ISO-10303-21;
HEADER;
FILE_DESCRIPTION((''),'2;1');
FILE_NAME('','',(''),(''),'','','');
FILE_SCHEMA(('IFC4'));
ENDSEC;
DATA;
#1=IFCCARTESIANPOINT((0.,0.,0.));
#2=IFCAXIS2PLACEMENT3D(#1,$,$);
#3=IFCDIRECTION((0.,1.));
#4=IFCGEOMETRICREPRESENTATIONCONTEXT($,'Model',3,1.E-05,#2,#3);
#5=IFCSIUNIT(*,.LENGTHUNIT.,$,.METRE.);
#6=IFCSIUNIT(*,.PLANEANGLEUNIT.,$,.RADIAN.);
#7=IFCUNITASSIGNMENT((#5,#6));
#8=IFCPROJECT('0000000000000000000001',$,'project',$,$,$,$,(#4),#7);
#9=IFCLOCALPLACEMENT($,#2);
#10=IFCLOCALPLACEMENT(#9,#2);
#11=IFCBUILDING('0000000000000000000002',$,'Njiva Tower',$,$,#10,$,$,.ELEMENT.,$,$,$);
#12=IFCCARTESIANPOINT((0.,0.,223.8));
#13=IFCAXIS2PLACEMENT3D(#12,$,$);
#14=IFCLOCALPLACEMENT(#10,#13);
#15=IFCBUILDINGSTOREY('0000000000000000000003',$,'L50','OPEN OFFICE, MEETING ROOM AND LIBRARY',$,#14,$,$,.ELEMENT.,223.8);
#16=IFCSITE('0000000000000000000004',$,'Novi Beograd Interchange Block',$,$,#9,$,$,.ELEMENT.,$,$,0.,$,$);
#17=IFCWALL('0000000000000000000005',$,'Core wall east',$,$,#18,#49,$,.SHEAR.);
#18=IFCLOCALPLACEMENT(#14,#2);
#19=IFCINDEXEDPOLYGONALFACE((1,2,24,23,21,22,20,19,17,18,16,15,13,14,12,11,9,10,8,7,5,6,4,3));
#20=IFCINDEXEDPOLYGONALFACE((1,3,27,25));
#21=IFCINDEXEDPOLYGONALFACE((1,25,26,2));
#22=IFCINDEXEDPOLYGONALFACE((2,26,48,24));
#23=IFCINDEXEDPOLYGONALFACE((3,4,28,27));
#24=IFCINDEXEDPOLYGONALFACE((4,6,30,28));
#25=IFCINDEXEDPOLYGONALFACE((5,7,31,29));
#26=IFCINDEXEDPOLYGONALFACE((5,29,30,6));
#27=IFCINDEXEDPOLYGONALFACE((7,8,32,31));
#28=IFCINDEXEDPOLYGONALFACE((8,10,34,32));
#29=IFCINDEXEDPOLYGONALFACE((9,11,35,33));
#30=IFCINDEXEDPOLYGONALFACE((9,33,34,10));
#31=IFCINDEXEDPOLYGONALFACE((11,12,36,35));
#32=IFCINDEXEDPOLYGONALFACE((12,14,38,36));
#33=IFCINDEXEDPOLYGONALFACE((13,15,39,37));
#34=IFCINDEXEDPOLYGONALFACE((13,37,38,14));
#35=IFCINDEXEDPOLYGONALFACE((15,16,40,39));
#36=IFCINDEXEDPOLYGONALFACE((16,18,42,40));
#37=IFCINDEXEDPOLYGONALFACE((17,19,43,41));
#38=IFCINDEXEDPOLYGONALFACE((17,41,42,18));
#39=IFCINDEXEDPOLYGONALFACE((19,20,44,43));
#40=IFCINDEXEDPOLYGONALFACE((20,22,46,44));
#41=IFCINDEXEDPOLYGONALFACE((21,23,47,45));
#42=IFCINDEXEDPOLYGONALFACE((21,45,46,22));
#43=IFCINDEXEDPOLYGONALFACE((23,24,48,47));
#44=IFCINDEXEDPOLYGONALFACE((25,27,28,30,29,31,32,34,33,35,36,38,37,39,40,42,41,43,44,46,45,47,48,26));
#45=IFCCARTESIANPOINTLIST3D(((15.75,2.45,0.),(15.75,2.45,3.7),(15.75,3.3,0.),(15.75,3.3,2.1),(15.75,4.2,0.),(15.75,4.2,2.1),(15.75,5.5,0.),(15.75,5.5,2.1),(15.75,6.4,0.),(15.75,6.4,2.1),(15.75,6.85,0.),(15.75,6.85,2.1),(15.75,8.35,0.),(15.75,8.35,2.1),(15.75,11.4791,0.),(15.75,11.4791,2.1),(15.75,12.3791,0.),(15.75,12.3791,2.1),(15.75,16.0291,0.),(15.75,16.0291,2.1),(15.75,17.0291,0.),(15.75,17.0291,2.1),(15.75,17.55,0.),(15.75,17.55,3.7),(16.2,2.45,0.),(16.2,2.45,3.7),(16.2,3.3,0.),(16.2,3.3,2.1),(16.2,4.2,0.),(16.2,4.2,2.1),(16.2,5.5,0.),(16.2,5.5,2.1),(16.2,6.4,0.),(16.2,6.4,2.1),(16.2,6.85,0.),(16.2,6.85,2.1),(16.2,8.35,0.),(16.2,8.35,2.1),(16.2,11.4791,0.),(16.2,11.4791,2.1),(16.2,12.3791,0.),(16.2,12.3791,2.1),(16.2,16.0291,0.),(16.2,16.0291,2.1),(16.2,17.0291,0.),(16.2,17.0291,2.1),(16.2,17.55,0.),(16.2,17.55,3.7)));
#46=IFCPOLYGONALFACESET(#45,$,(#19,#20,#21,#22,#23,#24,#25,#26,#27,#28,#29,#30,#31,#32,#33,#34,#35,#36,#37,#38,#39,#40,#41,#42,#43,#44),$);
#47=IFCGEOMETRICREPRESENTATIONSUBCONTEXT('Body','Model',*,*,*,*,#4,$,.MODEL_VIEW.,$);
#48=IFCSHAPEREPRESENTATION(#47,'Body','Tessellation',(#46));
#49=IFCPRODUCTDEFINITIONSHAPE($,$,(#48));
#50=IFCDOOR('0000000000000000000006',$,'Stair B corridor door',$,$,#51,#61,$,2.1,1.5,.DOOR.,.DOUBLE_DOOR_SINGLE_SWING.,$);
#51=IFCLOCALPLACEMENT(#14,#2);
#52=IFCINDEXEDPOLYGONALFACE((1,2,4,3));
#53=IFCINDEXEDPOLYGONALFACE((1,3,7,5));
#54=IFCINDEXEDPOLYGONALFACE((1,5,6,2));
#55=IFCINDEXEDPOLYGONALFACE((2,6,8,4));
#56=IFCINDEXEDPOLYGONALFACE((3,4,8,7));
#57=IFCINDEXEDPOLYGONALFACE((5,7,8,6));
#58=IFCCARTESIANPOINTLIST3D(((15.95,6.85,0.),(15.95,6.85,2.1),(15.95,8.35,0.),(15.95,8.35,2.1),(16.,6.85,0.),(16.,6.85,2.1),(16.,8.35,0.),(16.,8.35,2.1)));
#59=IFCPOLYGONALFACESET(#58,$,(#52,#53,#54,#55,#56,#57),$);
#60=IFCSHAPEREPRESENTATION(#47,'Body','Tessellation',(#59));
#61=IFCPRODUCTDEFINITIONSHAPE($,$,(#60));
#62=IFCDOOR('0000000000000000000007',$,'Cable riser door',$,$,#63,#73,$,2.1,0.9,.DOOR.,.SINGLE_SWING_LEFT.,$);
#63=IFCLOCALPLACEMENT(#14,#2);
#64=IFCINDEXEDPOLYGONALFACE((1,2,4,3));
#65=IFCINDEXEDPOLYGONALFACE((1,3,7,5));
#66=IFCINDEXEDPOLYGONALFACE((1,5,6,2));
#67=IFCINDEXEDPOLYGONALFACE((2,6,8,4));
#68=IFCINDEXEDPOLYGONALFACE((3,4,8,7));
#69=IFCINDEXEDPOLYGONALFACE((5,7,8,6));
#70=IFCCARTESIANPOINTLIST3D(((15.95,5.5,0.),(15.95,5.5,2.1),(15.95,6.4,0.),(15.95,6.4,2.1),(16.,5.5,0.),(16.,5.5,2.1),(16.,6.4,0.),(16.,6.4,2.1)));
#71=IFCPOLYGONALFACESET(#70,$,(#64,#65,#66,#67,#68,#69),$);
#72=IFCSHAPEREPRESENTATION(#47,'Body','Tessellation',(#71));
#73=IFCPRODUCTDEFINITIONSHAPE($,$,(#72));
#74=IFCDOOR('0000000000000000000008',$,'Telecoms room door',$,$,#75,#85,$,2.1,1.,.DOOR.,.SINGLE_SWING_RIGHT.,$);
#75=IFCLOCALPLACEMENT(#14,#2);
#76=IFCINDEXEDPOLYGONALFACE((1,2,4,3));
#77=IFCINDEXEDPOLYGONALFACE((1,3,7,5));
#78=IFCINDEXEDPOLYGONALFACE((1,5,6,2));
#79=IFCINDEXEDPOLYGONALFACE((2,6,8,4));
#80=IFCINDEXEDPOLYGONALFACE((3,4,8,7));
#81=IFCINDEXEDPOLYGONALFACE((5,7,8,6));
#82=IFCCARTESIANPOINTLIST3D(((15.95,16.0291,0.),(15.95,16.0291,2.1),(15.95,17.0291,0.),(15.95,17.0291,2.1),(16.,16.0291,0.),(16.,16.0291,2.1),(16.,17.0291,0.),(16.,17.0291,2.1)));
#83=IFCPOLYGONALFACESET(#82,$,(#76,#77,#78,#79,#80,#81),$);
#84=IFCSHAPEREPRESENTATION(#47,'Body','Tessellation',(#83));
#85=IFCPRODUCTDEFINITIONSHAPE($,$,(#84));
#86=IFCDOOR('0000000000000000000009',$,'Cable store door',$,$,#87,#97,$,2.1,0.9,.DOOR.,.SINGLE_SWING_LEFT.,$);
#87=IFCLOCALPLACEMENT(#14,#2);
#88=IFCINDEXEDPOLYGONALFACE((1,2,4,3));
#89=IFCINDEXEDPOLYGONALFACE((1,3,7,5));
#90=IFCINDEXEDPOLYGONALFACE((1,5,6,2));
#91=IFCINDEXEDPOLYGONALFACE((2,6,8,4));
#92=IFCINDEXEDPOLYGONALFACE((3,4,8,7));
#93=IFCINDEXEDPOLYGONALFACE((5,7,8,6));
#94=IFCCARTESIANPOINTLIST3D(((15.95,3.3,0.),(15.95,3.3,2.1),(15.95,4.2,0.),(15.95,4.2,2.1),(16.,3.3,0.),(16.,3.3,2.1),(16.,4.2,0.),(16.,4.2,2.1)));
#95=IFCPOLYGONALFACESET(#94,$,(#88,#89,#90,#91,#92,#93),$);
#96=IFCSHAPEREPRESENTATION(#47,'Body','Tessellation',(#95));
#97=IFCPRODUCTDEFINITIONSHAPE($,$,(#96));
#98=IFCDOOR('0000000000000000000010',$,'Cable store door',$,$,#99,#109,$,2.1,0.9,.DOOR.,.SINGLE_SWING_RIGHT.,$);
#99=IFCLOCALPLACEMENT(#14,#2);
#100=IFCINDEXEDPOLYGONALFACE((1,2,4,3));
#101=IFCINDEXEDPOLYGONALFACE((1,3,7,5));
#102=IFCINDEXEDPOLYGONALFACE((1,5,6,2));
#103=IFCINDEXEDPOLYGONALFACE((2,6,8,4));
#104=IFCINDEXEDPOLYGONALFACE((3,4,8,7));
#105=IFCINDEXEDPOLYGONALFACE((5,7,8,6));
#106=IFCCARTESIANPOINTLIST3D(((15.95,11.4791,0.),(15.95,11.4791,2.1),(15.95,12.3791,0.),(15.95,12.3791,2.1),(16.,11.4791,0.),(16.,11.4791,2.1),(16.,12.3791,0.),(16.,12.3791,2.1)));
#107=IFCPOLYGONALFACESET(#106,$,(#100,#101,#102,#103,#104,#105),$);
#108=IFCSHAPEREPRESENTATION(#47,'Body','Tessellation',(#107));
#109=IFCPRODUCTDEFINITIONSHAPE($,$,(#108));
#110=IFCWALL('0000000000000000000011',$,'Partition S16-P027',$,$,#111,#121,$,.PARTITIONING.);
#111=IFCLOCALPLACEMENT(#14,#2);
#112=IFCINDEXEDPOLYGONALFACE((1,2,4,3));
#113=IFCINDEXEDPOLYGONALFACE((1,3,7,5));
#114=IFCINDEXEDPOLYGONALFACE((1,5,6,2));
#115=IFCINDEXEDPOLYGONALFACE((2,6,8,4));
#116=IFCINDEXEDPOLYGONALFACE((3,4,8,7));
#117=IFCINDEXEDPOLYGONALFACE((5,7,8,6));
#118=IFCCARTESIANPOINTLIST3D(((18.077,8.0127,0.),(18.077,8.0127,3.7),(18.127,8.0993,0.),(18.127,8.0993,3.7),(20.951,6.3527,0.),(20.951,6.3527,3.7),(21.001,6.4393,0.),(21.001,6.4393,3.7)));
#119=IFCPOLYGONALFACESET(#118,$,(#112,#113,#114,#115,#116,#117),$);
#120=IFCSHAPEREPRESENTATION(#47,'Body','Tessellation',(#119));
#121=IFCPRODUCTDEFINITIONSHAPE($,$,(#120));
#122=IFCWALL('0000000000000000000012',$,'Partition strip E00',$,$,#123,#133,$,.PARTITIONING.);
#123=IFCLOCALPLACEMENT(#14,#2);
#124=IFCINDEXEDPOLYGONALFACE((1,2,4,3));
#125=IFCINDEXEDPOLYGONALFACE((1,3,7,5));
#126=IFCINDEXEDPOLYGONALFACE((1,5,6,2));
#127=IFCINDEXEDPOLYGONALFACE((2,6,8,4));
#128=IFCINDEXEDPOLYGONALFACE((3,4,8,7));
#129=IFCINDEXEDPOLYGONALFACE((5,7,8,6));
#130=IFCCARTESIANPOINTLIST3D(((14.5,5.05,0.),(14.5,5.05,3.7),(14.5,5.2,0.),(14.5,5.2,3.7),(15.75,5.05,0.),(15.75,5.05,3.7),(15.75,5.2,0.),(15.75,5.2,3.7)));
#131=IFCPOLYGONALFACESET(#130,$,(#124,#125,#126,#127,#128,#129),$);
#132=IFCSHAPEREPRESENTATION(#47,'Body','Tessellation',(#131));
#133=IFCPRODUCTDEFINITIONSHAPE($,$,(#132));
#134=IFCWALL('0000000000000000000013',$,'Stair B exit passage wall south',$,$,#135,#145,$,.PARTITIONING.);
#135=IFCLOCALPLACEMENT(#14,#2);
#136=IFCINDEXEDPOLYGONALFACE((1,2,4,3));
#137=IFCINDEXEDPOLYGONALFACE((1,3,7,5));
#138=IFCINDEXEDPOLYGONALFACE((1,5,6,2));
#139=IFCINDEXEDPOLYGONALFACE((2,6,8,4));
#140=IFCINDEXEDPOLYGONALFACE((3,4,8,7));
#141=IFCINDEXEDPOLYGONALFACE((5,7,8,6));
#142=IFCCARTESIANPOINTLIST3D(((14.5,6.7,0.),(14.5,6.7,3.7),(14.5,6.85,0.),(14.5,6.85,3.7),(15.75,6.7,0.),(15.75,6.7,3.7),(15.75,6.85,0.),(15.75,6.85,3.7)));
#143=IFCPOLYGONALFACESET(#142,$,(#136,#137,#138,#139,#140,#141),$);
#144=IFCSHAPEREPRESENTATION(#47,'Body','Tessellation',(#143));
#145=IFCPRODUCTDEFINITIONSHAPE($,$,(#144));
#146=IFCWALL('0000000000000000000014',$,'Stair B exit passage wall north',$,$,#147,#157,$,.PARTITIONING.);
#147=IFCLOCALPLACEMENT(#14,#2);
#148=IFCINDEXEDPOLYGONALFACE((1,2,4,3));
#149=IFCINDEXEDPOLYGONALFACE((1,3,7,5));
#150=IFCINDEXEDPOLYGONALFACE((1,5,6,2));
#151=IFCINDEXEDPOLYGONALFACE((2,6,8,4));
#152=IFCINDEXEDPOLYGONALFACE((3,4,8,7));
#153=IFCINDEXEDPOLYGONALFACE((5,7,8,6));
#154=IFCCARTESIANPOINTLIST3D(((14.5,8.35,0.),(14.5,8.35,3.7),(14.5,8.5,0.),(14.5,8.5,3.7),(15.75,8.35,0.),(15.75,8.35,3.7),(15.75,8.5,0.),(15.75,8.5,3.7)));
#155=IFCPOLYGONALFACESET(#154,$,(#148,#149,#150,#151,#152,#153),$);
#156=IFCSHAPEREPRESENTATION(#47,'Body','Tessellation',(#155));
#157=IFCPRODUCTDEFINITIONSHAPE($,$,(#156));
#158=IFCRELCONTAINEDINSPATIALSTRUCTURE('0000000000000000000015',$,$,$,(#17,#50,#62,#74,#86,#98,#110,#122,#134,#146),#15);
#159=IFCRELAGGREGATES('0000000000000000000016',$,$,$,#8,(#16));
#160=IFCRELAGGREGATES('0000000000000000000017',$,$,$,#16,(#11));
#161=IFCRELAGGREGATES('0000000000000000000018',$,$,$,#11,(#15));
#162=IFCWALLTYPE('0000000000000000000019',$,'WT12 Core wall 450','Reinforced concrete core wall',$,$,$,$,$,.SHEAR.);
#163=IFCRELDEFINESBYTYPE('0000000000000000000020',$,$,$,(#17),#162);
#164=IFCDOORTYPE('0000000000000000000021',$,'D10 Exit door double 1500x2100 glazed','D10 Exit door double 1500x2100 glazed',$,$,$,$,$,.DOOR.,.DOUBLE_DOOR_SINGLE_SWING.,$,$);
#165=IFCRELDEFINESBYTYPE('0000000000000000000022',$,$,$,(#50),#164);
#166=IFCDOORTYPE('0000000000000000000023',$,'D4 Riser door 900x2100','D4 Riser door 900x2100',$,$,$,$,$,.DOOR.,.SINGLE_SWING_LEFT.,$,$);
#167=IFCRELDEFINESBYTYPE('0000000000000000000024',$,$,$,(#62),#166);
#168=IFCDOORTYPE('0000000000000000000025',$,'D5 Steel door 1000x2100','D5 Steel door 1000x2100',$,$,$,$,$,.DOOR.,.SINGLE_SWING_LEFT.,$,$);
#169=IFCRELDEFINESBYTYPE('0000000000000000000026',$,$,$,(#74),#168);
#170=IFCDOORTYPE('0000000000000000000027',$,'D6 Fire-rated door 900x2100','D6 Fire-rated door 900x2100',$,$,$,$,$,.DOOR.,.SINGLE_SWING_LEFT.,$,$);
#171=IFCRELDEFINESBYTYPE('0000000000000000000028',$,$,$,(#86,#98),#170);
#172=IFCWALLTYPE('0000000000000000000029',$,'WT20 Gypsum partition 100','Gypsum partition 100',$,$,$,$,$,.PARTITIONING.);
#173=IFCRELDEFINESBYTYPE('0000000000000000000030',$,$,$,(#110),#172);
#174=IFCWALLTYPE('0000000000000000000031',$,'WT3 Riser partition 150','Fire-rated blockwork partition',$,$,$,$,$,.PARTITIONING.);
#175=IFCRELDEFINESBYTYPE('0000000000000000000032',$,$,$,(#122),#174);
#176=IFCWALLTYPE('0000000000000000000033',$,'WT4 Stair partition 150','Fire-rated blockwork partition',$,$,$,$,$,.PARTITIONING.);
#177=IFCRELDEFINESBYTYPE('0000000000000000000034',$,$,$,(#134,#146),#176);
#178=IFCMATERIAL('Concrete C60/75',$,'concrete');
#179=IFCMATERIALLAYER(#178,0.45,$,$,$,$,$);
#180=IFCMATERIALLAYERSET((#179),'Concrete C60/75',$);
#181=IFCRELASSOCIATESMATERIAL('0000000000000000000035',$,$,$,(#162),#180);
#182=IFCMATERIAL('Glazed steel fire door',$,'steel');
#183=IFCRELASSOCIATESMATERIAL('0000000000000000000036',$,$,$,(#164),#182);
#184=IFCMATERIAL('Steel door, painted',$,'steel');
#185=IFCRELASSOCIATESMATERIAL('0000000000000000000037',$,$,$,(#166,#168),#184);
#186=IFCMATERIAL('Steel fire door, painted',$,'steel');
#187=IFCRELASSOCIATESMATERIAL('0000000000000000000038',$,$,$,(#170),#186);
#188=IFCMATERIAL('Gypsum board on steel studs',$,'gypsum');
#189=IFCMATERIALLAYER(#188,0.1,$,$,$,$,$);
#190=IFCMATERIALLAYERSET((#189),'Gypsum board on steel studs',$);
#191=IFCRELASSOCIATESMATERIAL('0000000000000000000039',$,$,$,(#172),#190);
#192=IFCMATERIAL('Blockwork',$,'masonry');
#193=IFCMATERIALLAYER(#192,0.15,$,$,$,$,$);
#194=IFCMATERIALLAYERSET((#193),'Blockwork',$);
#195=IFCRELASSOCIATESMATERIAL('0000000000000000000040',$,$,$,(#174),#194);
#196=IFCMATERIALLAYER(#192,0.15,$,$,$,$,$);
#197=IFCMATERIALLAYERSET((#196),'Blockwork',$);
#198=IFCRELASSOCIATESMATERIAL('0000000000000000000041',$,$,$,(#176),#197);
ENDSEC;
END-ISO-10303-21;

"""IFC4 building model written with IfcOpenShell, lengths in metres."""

from ifc_helpers import new_model, si_unit, direction, frame, frame_2d, origin, place, context, subcontext, project, spatial, rectangle, extrude, material, layer, layer_set, type_object, element, fill, save


model = new_model("IFC4")

# Units and contexts
model_context = context("Model", 3, precision=1e-05, world=origin(), true_north=direction((0.0, 1.0)))
body_context = subcontext(model_context, "Body", "Model", "MODEL_VIEW")
ifc_project = project(units=[si_unit("LENGTHUNIT", "METRE"), si_unit("PLANEANGLEUNIT", "RADIAN")], contexts=[model_context])

# Site, building, storey
site_placement = place(None, origin())
site = spatial("IfcSite", under=ifc_project, at=site_placement, Name="Novi Beograd Interchange Block", CompositionType="ELEMENT", RefElevation=0.0)
building_placement = place(site_placement, origin())
building = spatial("IfcBuilding", under=site, at=building_placement, Name="Njiva Tower", CompositionType="ELEMENT")
storey_placement = place(building_placement, frame((0.0, 0.0, 223.8)))
storey = spatial("IfcBuildingStorey", under=building, at=storey_placement, Name="L50", Description="OPEN OFFICE, MEETING ROOM AND LIBRARY", CompositionType="ELEMENT", Elevation=223.8)

# Wall, openings, doors
ifc_material_1 = material(Name="Concrete C60/75", Category="concrete")
ifc_layer_1 = layer(ifc_material_1, 0.45)
ifc_layer_set_1 = layer_set([ifc_layer_1], Name="Concrete C60/75")
wall_type_1 = type_object("IfcWallType", Name="WT12 Core wall 450", Description="Reinforced concrete core wall", PredefinedType="SHEAR", material=ifc_layer_set_1)
wall_1_placement = place(storey_placement, frame((15.975, 2.45, 0.0), z_axis=(0.0, 0.0, 1.0), x_axis=(0.0, 1.0, 0.0)))
wall_1 = element("IfcWall", 1, at=wall_1_placement, inside=storey, type_object=wall_type_1, Name="Core wall east", PredefinedType="SHEAR", context=body_context, shape_type="SweptSolid", body=[
    extrude(rectangle(XDim=15.1, YDim=0.45, at=frame_2d((7.55, 0.0))), origin(), (0.0, 0.0, 1.0), 3.7),
])
opening_1_placement = place(wall_1_placement, frame((4.4, 0.0, 0.0)))
opening_1 = element("IfcOpeningElement", 2, at=opening_1_placement, cuts=wall_1, PredefinedType="OPENING", context=body_context, shape_type="SweptSolid", body=[
    extrude(rectangle(XDim=1.5, YDim=2.1, at=frame_2d((0.75, 1.05))), frame((0.0, 0.235, 0.0), z_axis=(0.0, -1.0, 0.0), x_axis=(1.0, 0.0, 0.0)), (0.0, 0.0, 1.0), 0.47),
])
opening_2_placement = place(wall_1_placement, frame((0.85, 0.0, 0.0)))
opening_2 = element("IfcOpeningElement", 3, at=opening_2_placement, cuts=wall_1, PredefinedType="OPENING", context=body_context, shape_type="SweptSolid", body=[
    extrude(rectangle(XDim=0.9, YDim=2.1, at=frame_2d((0.45, 1.05))), frame((0.0, 0.235, 0.0), z_axis=(0.0, -1.0, 0.0), x_axis=(1.0, 0.0, 0.0)), (0.0, 0.0, 1.0), 0.47),
])
opening_3_placement = place(wall_1_placement, frame((3.05, 0.0, 0.0)))
opening_3 = element("IfcOpeningElement", 4, at=opening_3_placement, cuts=wall_1, PredefinedType="OPENING", context=body_context, shape_type="SweptSolid", body=[
    extrude(rectangle(XDim=0.9, YDim=2.1, at=frame_2d((0.45, 1.05))), frame((0.0, 0.235, 0.0), z_axis=(0.0, -1.0, 0.0), x_axis=(1.0, 0.0, 0.0)), (0.0, 0.0, 1.0), 0.47),
])
opening_4_placement = place(wall_1_placement, frame((9.0291, 0.0, 0.0)))
opening_4 = element("IfcOpeningElement", 5, at=opening_4_placement, cuts=wall_1, PredefinedType="OPENING", context=body_context, shape_type="SweptSolid", body=[
    extrude(rectangle(XDim=0.9, YDim=2.1, at=frame_2d((0.45, 1.05))), frame((0.0, 0.235, 0.0), z_axis=(0.0, -1.0, 0.0), x_axis=(1.0, 0.0, 0.0)), (0.0, 0.0, 1.0), 0.47),
])
opening_5_placement = place(wall_1_placement, frame((13.5791, 0.0, 0.0)))
opening_5 = element("IfcOpeningElement", 6, at=opening_5_placement, cuts=wall_1, PredefinedType="OPENING", context=body_context, shape_type="SweptSolid", body=[
    extrude(rectangle(XDim=1.0, YDim=2.1, at=frame_2d((0.5, 1.05))), frame((0.0, 0.235, 0.0), z_axis=(0.0, -1.0, 0.0), x_axis=(1.0, 0.0, 0.0)), (0.0, 0.0, 1.0), 0.47),
])
ifc_material_2 = material(Name="Glazed steel fire door", Category="steel")
door_type_1 = type_object("IfcDoorType", Name="D10 Exit door double 1500x2100 glazed", Description="D10 Exit door double 1500x2100 glazed", OperationType="DOUBLE_DOOR_SINGLE_SWING", PredefinedType="DOOR", material=ifc_material_2)
door_1_placement = place(opening_1_placement, origin())
door_1 = element("IfcDoor", 7, at=door_1_placement, inside=storey, type_object=door_type_1, Name="Stair B corridor door", OperationType="DOUBLE_DOOR_SINGLE_SWING", OverallHeight=2.1, OverallWidth=1.5, PredefinedType="DOOR", context=body_context, shape_type="SweptSolid", body=[
    extrude(rectangle(XDim=1.5, YDim=2.1, at=frame_2d((0.75, 1.05))), frame((0.0, 0.025, 0.0), z_axis=(0.0, -1.0, 0.0), x_axis=(1.0, 0.0, 0.0)), (0.0, 0.0, 1.0), 0.05),
])
fill(opening_1, door_1)
ifc_material_3 = material(Name="Steel door, painted", Category="steel")
door_type_2 = type_object("IfcDoorType", Name="D4 Riser door 900x2100", Description="D4 Riser door 900x2100", OperationType="SINGLE_SWING_LEFT", PredefinedType="DOOR", material=ifc_material_3)
door_2_placement = place(opening_3_placement, origin())
door_2 = element("IfcDoor", 8, at=door_2_placement, inside=storey, type_object=door_type_2, Name="Cable riser door", OperationType="SINGLE_SWING_LEFT", OverallHeight=2.1, OverallWidth=0.9, PredefinedType="DOOR", context=body_context, shape_type="SweptSolid", body=[
    extrude(rectangle(XDim=0.9, YDim=2.1, at=frame_2d((0.45, 1.05))), frame((0.0, 0.025, 0.0), z_axis=(0.0, -1.0, 0.0), x_axis=(1.0, 0.0, 0.0)), (0.0, 0.0, 1.0), 0.05),
])
fill(opening_3, door_2)
door_type_3 = type_object("IfcDoorType", Name="D5 Steel door 1000x2100", Description="D5 Steel door 1000x2100", OperationType="SINGLE_SWING_LEFT", PredefinedType="DOOR", material=ifc_material_3)
door_3_placement = place(opening_5_placement, origin())
door_3 = element("IfcDoor", 9, at=door_3_placement, inside=storey, type_object=door_type_3, Name="Telecoms room door", OperationType="SINGLE_SWING_RIGHT", OverallHeight=2.1, OverallWidth=1.0, PredefinedType="DOOR", context=body_context, shape_type="SweptSolid", body=[
    extrude(rectangle(XDim=1.0, YDim=2.1, at=frame_2d((0.5, 1.05))), frame((0.0, 0.025, 0.0), z_axis=(0.0, -1.0, 0.0), x_axis=(1.0, 0.0, 0.0)), (0.0, 0.0, 1.0), 0.05),
])
fill(opening_5, door_3)
ifc_material_4 = material(Name="Steel fire door, painted", Category="steel")
door_type_4 = type_object("IfcDoorType", Name="D6 Fire-rated door 900x2100", Description="D6 Fire-rated door 900x2100", OperationType="SINGLE_SWING_LEFT", PredefinedType="DOOR", material=ifc_material_4)
door_4_placement = place(opening_2_placement, origin())
door_4 = element("IfcDoor", 10, at=door_4_placement, inside=storey, type_object=door_type_4, Name="Cable store door", OperationType="SINGLE_SWING_LEFT", OverallHeight=2.1, OverallWidth=0.9, PredefinedType="DOOR", context=body_context, shape_type="SweptSolid", body=[
    extrude(rectangle(XDim=0.9, YDim=2.1, at=frame_2d((0.45, 1.05))), frame((0.0, 0.025, 0.0), z_axis=(0.0, -1.0, 0.0), x_axis=(1.0, 0.0, 0.0)), (0.0, 0.0, 1.0), 0.05),
])
fill(opening_2, door_4)
door_5_placement = place(opening_4_placement, origin())
door_5 = element("IfcDoor", 11, at=door_5_placement, inside=storey, type_object=door_type_4, Name="Cable store door", OperationType="SINGLE_SWING_RIGHT", OverallHeight=2.1, OverallWidth=0.9, PredefinedType="DOOR", context=body_context, shape_type="SweptSolid", body=[
    extrude(rectangle(XDim=0.9, YDim=2.1, at=frame_2d((0.45, 1.05))), frame((0.0, 0.025, 0.0), z_axis=(0.0, -1.0, 0.0), x_axis=(1.0, 0.0, 0.0)), (0.0, 0.0, 1.0), 0.05),
])
fill(opening_4, door_5)

# Walls
ifc_material_5 = material(Name="Gypsum board on steel studs", Category="gypsum")
ifc_layer_2 = layer(ifc_material_5, 0.1)
ifc_layer_set_2 = layer_set([ifc_layer_2], Name="Gypsum board on steel studs")
wall_type_2 = type_object("IfcWallType", Name="WT20 Gypsum partition 100", Description="Gypsum partition 100", PredefinedType="PARTITIONING", material=ifc_layer_set_2)
wall_2_placement = place(storey_placement, frame((18.102, 8.056, 0.0), z_axis=(0.0, 0.0, 1.0), x_axis=(0.865935, -0.500157, 0.0)))
element("IfcWall", 12, at=wall_2_placement, inside=storey, type_object=wall_type_2, Name="Partition S16-P027", PredefinedType="PARTITIONING", context=body_context, shape_type="SweptSolid", body=[
    extrude(rectangle(XDim=3.319, YDim=0.1, at=frame_2d((1.6595, 0.0))), origin(), (0.0, 0.0, 1.0), 3.7),
])
ifc_material_6 = material(Name="Blockwork", Category="masonry")
ifc_layer_3 = layer(ifc_material_6, 0.15)
ifc_layer_set_3 = layer_set([ifc_layer_3], Name="Blockwork")
wall_type_3 = type_object("IfcWallType", Name="WT3 Riser partition 150", Description="Fire-rated blockwork partition", PredefinedType="PARTITIONING", material=ifc_layer_set_3)
wall_3_placement = place(storey_placement, frame((14.5, 5.125, 0.0), z_axis=(0.0, 0.0, 1.0), x_axis=(1.0, 0.0, 0.0)))
element("IfcWall", 13, at=wall_3_placement, inside=storey, type_object=wall_type_3, Name="Partition strip E00", PredefinedType="PARTITIONING", context=body_context, shape_type="SweptSolid", body=[
    extrude(rectangle(XDim=1.25, YDim=0.15, at=frame_2d((0.625, 0.0))), origin(), (0.0, 0.0, 1.0), 3.7),
])
ifc_layer_4 = layer(ifc_material_6, 0.15)
ifc_layer_set_4 = layer_set([ifc_layer_4], Name="Blockwork")
wall_type_4 = type_object("IfcWallType", Name="WT4 Stair partition 150", Description="Fire-rated blockwork partition", PredefinedType="PARTITIONING", material=ifc_layer_set_4)
for number, where, z_axis, x_axis, name in (
    (14, (14.5, 6.775, 0.0), (0.0, 0.0, 1.0), (1.0, 0.0, 0.0), "Stair B exit passage wall south"),
    (15, (14.5, 8.425, 0.0), (0.0, 0.0, 1.0), (1.0, 0.0, 0.0), "Stair B exit passage wall north"),
):
    element("IfcWall", number, at=place(storey_placement, frame(where, z_axis=z_axis, x_axis=x_axis)), inside=storey, type_object=wall_type_4, Name=name, PredefinedType="PARTITIONING", context=body_context, shape_type="SweptSolid", body=[
        extrude(rectangle(XDim=1.25, YDim=0.15, at=frame_2d((0.625, 0.0))), origin(), (0.0, 0.0, 1.0), 3.7),
    ])

save(model, "model.ifc")
